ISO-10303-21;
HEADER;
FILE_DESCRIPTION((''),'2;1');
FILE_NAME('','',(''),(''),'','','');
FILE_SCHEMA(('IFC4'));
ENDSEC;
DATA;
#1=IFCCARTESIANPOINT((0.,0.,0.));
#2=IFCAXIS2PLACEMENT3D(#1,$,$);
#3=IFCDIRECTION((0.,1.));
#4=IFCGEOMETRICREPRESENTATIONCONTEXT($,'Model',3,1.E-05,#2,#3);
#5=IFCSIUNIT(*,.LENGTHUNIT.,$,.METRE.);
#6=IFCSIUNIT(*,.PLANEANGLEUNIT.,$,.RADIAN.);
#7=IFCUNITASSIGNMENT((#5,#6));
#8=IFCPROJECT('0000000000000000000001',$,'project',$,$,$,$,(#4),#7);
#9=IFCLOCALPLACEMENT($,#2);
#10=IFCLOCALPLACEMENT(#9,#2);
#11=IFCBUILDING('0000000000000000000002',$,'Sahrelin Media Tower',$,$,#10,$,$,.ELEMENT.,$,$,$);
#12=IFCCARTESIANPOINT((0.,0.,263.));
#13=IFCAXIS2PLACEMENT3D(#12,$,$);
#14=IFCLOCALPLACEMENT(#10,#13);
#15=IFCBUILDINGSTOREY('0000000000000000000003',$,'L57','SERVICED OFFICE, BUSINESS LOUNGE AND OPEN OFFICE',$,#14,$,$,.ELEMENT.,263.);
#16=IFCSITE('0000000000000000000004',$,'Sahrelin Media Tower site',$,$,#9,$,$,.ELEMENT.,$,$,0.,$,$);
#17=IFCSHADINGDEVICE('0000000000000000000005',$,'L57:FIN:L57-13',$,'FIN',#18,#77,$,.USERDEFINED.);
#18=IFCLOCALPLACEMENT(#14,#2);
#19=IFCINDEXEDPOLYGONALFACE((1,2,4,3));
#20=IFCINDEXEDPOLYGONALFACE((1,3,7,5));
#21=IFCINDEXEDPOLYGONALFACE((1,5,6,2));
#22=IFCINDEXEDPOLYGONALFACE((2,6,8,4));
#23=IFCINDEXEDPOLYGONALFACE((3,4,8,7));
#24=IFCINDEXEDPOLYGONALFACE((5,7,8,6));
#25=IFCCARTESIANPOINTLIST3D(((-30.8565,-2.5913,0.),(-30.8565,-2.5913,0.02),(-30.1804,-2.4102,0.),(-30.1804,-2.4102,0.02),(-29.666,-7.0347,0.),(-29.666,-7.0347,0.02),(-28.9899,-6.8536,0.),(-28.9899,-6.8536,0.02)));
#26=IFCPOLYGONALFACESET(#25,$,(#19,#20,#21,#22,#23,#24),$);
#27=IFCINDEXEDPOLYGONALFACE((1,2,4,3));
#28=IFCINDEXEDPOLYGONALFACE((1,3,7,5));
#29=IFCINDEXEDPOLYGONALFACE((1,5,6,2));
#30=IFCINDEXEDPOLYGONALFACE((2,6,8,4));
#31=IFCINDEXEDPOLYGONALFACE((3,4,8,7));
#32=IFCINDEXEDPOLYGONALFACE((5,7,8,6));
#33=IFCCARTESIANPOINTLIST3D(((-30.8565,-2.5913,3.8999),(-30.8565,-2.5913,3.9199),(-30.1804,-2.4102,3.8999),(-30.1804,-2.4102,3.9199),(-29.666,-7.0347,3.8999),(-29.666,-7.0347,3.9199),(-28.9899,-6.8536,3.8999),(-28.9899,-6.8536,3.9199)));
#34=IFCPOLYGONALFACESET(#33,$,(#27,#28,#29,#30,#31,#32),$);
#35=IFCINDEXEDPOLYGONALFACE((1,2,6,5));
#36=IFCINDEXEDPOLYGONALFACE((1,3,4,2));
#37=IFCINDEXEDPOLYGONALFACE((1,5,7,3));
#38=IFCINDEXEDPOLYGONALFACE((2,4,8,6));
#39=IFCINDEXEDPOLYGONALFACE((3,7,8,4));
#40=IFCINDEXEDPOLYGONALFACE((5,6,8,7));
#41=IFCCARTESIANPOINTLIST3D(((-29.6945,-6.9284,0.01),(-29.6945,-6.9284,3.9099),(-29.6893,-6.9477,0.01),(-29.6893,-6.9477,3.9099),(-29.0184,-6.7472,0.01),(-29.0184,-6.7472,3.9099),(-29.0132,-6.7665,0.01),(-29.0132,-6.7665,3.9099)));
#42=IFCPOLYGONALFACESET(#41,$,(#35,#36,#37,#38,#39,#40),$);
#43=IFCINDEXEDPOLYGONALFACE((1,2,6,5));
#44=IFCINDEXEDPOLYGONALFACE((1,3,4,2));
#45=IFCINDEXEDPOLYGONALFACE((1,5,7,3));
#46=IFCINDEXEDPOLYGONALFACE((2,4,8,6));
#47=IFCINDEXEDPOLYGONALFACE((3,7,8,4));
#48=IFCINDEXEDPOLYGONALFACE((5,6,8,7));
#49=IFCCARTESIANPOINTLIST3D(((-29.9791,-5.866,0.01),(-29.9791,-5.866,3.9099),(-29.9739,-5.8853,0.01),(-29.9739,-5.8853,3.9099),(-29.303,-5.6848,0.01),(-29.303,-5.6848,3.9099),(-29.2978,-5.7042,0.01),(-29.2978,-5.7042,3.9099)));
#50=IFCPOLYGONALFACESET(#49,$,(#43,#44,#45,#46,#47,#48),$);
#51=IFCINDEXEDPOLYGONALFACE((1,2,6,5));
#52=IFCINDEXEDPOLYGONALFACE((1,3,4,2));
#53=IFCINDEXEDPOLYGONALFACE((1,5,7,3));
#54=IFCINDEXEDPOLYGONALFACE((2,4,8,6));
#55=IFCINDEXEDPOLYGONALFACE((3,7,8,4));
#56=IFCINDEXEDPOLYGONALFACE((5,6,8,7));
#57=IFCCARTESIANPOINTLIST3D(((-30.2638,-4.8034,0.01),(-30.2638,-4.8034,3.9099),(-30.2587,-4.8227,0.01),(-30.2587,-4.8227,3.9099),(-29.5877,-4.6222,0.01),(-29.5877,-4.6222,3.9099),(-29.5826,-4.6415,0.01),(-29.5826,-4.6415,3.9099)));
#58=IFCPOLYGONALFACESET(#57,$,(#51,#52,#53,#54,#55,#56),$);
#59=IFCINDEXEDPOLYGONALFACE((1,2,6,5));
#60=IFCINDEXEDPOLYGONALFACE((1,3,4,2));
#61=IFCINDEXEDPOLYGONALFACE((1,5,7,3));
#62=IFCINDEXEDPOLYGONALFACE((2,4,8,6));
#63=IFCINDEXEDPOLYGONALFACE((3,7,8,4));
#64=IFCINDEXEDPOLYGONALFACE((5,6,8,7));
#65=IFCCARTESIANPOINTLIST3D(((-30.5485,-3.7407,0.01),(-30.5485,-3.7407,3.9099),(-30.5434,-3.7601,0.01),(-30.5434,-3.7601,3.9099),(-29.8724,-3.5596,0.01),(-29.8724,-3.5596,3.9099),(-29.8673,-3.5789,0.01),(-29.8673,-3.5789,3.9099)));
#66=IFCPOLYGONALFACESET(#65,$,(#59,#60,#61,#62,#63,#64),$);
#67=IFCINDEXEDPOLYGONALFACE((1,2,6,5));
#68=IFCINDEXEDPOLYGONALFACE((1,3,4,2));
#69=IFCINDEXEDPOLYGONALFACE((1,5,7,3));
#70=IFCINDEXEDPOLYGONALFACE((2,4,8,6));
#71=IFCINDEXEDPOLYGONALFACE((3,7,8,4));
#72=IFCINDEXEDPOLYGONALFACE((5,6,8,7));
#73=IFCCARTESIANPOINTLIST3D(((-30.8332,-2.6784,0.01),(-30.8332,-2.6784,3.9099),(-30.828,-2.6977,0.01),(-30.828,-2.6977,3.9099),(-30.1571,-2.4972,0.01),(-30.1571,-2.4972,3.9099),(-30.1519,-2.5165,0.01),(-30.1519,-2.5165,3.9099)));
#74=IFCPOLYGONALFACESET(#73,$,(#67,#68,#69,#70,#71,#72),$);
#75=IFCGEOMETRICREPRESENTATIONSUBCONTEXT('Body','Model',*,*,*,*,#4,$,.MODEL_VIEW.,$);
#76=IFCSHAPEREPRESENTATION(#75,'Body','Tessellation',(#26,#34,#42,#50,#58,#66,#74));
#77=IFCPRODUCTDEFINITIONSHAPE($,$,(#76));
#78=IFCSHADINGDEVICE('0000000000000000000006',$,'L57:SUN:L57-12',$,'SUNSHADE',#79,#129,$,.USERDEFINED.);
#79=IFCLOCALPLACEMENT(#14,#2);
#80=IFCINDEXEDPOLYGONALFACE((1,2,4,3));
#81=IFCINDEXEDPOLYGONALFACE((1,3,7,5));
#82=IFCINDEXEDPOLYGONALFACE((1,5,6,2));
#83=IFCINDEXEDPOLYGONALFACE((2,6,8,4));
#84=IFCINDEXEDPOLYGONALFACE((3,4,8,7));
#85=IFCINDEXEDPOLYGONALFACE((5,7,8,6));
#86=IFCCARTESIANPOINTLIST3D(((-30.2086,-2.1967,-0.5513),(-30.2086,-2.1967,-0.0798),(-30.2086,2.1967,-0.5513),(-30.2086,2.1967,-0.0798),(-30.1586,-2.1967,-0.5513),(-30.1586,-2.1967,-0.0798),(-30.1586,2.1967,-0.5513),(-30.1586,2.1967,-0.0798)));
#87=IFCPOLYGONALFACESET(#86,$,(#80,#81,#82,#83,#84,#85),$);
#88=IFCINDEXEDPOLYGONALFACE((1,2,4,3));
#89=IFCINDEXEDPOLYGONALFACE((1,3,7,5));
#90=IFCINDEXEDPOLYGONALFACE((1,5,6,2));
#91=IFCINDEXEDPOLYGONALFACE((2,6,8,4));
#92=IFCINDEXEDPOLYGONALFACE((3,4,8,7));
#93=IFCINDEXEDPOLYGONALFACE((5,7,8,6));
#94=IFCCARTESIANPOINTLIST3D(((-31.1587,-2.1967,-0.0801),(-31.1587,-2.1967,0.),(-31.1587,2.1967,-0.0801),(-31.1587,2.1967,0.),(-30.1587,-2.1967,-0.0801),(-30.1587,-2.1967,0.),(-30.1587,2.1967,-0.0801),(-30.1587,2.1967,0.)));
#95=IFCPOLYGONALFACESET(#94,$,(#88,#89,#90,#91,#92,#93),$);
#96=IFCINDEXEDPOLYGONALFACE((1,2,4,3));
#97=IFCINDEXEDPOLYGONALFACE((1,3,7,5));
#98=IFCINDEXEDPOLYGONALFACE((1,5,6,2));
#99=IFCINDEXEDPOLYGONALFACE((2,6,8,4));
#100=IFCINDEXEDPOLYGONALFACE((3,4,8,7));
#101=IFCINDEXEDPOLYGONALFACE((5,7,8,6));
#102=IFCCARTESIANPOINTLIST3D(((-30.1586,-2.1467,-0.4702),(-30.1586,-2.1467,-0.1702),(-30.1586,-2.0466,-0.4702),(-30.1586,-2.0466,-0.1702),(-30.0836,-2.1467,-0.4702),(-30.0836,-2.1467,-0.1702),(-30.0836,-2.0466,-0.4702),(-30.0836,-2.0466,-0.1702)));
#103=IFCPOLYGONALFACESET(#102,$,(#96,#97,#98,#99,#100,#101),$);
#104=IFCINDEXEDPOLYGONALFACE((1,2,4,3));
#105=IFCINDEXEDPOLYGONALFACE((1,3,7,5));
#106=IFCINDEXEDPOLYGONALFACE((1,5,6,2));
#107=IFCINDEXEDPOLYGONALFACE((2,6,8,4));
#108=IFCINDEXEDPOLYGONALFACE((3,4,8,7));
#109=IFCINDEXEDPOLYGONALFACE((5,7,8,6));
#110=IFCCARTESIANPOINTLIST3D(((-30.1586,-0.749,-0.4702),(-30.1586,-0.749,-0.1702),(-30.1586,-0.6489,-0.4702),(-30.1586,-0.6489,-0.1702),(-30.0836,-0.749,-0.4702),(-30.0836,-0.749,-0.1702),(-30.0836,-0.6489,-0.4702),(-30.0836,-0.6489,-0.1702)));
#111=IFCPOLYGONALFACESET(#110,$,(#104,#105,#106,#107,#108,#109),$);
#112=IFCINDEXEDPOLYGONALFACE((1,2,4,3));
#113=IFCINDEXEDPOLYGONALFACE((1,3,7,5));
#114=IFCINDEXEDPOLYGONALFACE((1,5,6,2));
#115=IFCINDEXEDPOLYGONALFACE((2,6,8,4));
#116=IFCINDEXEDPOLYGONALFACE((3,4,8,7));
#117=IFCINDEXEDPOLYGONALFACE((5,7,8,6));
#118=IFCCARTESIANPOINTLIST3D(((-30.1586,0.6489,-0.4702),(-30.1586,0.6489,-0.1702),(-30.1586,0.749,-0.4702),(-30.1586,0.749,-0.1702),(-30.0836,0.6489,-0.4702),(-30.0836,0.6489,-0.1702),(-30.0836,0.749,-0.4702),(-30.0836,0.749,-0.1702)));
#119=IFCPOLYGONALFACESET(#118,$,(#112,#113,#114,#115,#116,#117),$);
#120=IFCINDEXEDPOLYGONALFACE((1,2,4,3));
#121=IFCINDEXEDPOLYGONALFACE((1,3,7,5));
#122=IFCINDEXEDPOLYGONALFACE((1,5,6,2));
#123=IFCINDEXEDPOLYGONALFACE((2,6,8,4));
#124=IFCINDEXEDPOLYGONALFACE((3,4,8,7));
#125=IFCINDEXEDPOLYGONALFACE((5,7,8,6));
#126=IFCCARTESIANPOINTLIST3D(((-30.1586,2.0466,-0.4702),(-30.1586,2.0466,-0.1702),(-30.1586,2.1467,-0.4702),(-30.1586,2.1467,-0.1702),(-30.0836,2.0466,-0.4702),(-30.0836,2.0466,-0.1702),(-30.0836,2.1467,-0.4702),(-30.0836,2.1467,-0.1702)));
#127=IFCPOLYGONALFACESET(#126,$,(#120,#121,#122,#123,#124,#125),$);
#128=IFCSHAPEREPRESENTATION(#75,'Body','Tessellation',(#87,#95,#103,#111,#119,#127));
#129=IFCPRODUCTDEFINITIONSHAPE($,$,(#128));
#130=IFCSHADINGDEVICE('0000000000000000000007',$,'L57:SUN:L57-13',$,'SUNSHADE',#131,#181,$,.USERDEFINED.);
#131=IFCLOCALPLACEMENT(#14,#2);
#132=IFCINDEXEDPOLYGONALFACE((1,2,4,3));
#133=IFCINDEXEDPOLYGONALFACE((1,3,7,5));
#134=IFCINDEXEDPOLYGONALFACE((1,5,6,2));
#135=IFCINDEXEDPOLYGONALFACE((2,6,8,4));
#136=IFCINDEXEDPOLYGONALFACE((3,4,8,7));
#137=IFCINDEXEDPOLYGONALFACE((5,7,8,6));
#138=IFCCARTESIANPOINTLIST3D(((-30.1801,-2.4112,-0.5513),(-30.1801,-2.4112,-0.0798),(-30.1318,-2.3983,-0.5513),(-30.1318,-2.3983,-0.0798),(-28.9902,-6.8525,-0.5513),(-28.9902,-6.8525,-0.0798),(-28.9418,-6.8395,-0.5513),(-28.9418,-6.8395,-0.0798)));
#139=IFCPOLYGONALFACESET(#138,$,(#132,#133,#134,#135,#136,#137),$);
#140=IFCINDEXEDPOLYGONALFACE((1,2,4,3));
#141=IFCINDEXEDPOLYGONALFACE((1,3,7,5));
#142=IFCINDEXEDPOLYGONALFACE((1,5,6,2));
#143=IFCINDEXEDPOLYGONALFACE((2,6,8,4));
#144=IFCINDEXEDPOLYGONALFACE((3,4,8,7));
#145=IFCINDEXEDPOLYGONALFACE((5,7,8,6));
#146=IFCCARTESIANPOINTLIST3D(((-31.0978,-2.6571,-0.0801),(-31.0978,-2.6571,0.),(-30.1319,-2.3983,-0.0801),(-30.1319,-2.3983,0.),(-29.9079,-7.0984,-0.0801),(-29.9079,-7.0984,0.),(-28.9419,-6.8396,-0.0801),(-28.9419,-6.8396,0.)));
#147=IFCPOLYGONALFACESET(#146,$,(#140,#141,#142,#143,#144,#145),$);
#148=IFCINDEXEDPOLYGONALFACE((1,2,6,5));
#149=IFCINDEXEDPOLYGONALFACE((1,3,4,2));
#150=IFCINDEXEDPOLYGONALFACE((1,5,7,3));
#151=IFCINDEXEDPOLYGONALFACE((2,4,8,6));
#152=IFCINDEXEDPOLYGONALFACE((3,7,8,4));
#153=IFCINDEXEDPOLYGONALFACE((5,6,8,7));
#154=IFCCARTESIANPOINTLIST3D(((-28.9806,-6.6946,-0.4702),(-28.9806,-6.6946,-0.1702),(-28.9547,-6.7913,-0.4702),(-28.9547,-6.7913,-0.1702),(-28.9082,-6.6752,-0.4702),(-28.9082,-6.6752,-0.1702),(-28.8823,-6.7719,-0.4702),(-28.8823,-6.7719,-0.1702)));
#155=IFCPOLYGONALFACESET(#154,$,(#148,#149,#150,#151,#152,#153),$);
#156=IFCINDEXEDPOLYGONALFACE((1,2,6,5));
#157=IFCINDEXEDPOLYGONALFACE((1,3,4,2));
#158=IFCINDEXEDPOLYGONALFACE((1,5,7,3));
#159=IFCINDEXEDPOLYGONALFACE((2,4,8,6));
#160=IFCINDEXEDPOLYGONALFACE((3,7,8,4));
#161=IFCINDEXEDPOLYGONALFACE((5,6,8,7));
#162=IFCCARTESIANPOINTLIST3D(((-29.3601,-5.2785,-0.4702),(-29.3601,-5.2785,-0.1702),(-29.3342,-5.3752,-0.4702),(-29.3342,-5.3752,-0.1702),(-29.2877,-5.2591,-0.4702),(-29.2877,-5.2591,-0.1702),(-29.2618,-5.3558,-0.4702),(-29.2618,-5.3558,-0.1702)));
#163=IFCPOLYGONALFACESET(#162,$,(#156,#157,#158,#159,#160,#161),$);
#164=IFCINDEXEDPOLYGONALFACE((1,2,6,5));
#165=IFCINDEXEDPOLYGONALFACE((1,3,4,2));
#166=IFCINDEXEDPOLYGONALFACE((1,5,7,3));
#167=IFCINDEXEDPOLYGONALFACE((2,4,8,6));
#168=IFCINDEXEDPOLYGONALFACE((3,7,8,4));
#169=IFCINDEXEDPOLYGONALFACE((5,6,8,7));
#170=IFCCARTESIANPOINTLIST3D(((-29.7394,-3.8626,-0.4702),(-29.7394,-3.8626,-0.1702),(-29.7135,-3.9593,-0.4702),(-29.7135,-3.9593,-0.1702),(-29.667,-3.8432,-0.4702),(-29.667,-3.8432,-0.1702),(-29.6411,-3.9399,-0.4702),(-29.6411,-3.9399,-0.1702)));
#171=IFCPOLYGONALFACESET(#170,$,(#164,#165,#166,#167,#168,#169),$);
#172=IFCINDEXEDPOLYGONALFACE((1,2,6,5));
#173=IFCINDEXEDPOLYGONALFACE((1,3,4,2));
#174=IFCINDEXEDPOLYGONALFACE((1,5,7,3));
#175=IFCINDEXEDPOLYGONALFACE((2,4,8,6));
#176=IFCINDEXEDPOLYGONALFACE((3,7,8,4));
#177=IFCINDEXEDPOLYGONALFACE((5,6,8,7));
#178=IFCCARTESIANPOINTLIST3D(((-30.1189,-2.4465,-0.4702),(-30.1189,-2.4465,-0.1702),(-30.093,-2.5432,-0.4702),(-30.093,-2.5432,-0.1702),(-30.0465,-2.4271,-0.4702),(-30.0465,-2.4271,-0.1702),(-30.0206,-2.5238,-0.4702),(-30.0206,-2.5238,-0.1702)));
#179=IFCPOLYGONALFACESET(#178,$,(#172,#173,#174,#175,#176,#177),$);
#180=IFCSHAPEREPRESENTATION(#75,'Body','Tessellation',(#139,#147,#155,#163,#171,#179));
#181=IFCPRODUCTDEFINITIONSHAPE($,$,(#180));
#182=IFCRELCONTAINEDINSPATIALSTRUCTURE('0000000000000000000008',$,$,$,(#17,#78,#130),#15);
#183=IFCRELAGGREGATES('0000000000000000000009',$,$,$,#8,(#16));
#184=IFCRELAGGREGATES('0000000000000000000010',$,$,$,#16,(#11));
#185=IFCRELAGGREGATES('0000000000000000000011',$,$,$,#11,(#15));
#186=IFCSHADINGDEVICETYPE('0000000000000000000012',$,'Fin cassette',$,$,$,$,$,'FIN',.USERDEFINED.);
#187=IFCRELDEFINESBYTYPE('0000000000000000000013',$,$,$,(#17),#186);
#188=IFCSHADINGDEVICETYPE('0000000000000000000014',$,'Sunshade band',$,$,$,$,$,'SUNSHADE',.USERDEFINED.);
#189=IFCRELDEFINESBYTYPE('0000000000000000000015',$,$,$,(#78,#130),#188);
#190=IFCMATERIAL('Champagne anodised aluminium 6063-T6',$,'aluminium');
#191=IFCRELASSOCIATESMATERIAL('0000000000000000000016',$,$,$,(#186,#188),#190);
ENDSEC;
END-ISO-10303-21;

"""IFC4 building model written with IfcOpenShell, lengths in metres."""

from ifc_helpers import new_model, si_unit, direction, frame, origin, origin_2d, place, context, subcontext, project, spatial, rectangle, extrude, material, type_object, element, save


model = new_model("IFC4")

# Units and contexts
model_context = context("Model", 3, precision=1e-05, world=origin(), true_north=direction((0.0, 1.0)))
body_context = subcontext(model_context, "Body", "Model", "MODEL_VIEW")
ifc_project = project(units=[si_unit("LENGTHUNIT", "METRE"), si_unit("PLANEANGLEUNIT", "RADIAN")], contexts=[model_context])

# Site, building, storey
site_placement = place(None, origin())
site = spatial("IfcSite", under=ifc_project, at=site_placement, Name="Sahrelin Media Tower site", CompositionType="ELEMENT", RefElevation=0.0)
building_placement = place(site_placement, origin())
building = spatial("IfcBuilding", under=site, at=building_placement, Name="Sahrelin Media Tower", CompositionType="ELEMENT")
storey_placement = place(building_placement, frame((0.0, 0.0, 263.0)))
storey = spatial("IfcBuildingStorey", under=building, at=storey_placement, Name="L57", Description="SERVICED OFFICE, BUSINESS LOUNGE AND OPEN OFFICE", CompositionType="ELEMENT", Elevation=263.0)

# Shared definitions
ifc_material_1 = material(Name="Champagne anodised aluminium 6063-T6", Category="aluminium")

# Shading devices
shading_device_type_1 = type_object("IfcShadingDeviceType", Name="Fin cassette", ElementType="FIN", PredefinedType="USERDEFINED", material=ifc_material_1)
placement_1 = place(storey_placement, frame((-30.1387, 0.0, 0.0), z_axis=(0.0, 0.0, 1.0), x_axis=(0.0, 1.0, 0.0)))
placement_2 = place(storey_placement, frame((-29.5176, -4.6138, 0.0), z_axis=(0.0, 0.0, 1.0), x_axis=(-0.258808, 0.965929, 0.0)))
element("IfcShadingDevice", 1, at=placement_2, inside=storey, type_object=shading_device_type_1, Name="L57:FIN:L57-13", ObjectType="FIN", PredefinedType="USERDEFINED", context=body_context, shape_type="SweptSolid", body=[
    extrude(rectangle(XDim=4.6001, YDim=0.7, at=origin_2d()), frame((0.0, 0.4199, 0.0)), (0.0, 0.0, 1.0), 0.02),
    extrude(rectangle(XDim=4.6001, YDim=0.7, at=origin_2d()), frame((0.0, 0.4199, 3.8999)), (0.0, 0.0, 1.0), 0.02),
    extrude(rectangle(XDim=0.02, YDim=0.7, at=origin_2d()), frame((-2.2, 0.4199, 0.01), z_axis=(0.0, 0.0, 1.0), x_axis=(1.0, 0.0, 0.0)), (0.0, 0.0, 1.0), 3.8999),
    extrude(rectangle(XDim=0.02, YDim=0.7, at=origin_2d()), frame((-1.1001, 0.4199, 0.01), z_axis=(0.0, 0.0, 1.0), x_axis=(1.0, 0.0, 0.0)), (0.0, 0.0, 1.0), 3.8999),
    extrude(rectangle(XDim=0.02, YDim=0.7, at=origin_2d()), frame((0.0, 0.4199, 0.01), z_axis=(0.0, 0.0, 1.0), x_axis=(1.0, 0.0, 0.0)), (0.0, 0.0, 1.0), 3.8999),
    extrude(rectangle(XDim=0.02, YDim=0.7, at=origin_2d()), frame((1.1001, 0.4199, 0.01), z_axis=(0.0, 0.0, 1.0), x_axis=(1.0, 0.0, 0.0)), (0.0, 0.0, 1.0), 3.8999),
    extrude(rectangle(XDim=0.02, YDim=0.7, at=origin_2d()), frame((2.2, 0.4199, 0.01), z_axis=(0.0, 0.0, 1.0), x_axis=(1.0, 0.0, 0.0)), (0.0, 0.0, 1.0), 3.8999),
])
shading_device_type_2 = type_object("IfcShadingDeviceType", Name="Sunshade band", ElementType="SUNSHADE", PredefinedType="USERDEFINED", material=ifc_material_1)
element("IfcShadingDevice", 2, at=placement_1, inside=storey, type_object=shading_device_type_2, Name="L57:SUN:L57-12", ObjectType="SUNSHADE", PredefinedType="USERDEFINED", context=body_context, shape_type="SweptSolid", body=[
    extrude(rectangle(XDim=4.3933, YDim=0.05, at=origin_2d()), frame((0.0, 0.0449, -0.5513)), (0.0, 0.0, 1.0), 0.4714),
    extrude(rectangle(XDim=4.3933, YDim=1.0, at=origin_2d()), frame((0.0, 0.52, -0.0801)), (0.0, 0.0, 1.0), 0.0801),
    extrude(rectangle(XDim=0.1001, YDim=0.075, at=origin_2d()), frame((-2.0967, -0.0176, -0.4702)), (0.0, 0.0, 1.0), 0.3),
    extrude(rectangle(XDim=0.1001, YDim=0.075, at=origin_2d()), frame((-0.699, -0.0176, -0.4702)), (0.0, 0.0, 1.0), 0.3),
    extrude(rectangle(XDim=0.1001, YDim=0.075, at=origin_2d()), frame((0.699, -0.0176, -0.4702)), (0.0, 0.0, 1.0), 0.3),
    extrude(rectangle(XDim=0.1001, YDim=0.075, at=origin_2d()), frame((2.0967, -0.0176, -0.4702)), (0.0, 0.0, 1.0), 0.3),
])
element("IfcShadingDevice", 3, at=placement_2, inside=storey, type_object=shading_device_type_2, Name="L57:SUN:L57-13", ObjectType="SUNSHADE", PredefinedType="USERDEFINED", context=body_context, shape_type="SweptSolid", body=[
    extrude(rectangle(XDim=4.5979, YDim=0.05, at=origin_2d()), frame((0.0, 0.0449, -0.5513)), (0.0, 0.0, 1.0), 0.4714),
    extrude(rectangle(XDim=4.5979, YDim=1.0, at=origin_2d()), frame((0.0, 0.52, -0.0801)), (0.0, 0.0, 1.0), 0.0801),
    extrude(rectangle(XDim=0.1001, YDim=0.075, at=origin_2d()), frame((-2.199, -0.0176, -0.4702)), (0.0, 0.0, 1.0), 0.3),
    extrude(rectangle(XDim=0.1001, YDim=0.075, at=origin_2d()), frame((-0.7329, -0.0176, -0.4702)), (0.0, 0.0, 1.0), 0.3),
    extrude(rectangle(XDim=0.1001, YDim=0.075, at=origin_2d()), frame((0.7329, -0.0176, -0.4702)), (0.0, 0.0, 1.0), 0.3),
    extrude(rectangle(XDim=0.1001, YDim=0.075, at=origin_2d()), frame((2.199, -0.0176, -0.4702)), (0.0, 0.0, 1.0), 0.3),
])

save(model, "model.ifc")
